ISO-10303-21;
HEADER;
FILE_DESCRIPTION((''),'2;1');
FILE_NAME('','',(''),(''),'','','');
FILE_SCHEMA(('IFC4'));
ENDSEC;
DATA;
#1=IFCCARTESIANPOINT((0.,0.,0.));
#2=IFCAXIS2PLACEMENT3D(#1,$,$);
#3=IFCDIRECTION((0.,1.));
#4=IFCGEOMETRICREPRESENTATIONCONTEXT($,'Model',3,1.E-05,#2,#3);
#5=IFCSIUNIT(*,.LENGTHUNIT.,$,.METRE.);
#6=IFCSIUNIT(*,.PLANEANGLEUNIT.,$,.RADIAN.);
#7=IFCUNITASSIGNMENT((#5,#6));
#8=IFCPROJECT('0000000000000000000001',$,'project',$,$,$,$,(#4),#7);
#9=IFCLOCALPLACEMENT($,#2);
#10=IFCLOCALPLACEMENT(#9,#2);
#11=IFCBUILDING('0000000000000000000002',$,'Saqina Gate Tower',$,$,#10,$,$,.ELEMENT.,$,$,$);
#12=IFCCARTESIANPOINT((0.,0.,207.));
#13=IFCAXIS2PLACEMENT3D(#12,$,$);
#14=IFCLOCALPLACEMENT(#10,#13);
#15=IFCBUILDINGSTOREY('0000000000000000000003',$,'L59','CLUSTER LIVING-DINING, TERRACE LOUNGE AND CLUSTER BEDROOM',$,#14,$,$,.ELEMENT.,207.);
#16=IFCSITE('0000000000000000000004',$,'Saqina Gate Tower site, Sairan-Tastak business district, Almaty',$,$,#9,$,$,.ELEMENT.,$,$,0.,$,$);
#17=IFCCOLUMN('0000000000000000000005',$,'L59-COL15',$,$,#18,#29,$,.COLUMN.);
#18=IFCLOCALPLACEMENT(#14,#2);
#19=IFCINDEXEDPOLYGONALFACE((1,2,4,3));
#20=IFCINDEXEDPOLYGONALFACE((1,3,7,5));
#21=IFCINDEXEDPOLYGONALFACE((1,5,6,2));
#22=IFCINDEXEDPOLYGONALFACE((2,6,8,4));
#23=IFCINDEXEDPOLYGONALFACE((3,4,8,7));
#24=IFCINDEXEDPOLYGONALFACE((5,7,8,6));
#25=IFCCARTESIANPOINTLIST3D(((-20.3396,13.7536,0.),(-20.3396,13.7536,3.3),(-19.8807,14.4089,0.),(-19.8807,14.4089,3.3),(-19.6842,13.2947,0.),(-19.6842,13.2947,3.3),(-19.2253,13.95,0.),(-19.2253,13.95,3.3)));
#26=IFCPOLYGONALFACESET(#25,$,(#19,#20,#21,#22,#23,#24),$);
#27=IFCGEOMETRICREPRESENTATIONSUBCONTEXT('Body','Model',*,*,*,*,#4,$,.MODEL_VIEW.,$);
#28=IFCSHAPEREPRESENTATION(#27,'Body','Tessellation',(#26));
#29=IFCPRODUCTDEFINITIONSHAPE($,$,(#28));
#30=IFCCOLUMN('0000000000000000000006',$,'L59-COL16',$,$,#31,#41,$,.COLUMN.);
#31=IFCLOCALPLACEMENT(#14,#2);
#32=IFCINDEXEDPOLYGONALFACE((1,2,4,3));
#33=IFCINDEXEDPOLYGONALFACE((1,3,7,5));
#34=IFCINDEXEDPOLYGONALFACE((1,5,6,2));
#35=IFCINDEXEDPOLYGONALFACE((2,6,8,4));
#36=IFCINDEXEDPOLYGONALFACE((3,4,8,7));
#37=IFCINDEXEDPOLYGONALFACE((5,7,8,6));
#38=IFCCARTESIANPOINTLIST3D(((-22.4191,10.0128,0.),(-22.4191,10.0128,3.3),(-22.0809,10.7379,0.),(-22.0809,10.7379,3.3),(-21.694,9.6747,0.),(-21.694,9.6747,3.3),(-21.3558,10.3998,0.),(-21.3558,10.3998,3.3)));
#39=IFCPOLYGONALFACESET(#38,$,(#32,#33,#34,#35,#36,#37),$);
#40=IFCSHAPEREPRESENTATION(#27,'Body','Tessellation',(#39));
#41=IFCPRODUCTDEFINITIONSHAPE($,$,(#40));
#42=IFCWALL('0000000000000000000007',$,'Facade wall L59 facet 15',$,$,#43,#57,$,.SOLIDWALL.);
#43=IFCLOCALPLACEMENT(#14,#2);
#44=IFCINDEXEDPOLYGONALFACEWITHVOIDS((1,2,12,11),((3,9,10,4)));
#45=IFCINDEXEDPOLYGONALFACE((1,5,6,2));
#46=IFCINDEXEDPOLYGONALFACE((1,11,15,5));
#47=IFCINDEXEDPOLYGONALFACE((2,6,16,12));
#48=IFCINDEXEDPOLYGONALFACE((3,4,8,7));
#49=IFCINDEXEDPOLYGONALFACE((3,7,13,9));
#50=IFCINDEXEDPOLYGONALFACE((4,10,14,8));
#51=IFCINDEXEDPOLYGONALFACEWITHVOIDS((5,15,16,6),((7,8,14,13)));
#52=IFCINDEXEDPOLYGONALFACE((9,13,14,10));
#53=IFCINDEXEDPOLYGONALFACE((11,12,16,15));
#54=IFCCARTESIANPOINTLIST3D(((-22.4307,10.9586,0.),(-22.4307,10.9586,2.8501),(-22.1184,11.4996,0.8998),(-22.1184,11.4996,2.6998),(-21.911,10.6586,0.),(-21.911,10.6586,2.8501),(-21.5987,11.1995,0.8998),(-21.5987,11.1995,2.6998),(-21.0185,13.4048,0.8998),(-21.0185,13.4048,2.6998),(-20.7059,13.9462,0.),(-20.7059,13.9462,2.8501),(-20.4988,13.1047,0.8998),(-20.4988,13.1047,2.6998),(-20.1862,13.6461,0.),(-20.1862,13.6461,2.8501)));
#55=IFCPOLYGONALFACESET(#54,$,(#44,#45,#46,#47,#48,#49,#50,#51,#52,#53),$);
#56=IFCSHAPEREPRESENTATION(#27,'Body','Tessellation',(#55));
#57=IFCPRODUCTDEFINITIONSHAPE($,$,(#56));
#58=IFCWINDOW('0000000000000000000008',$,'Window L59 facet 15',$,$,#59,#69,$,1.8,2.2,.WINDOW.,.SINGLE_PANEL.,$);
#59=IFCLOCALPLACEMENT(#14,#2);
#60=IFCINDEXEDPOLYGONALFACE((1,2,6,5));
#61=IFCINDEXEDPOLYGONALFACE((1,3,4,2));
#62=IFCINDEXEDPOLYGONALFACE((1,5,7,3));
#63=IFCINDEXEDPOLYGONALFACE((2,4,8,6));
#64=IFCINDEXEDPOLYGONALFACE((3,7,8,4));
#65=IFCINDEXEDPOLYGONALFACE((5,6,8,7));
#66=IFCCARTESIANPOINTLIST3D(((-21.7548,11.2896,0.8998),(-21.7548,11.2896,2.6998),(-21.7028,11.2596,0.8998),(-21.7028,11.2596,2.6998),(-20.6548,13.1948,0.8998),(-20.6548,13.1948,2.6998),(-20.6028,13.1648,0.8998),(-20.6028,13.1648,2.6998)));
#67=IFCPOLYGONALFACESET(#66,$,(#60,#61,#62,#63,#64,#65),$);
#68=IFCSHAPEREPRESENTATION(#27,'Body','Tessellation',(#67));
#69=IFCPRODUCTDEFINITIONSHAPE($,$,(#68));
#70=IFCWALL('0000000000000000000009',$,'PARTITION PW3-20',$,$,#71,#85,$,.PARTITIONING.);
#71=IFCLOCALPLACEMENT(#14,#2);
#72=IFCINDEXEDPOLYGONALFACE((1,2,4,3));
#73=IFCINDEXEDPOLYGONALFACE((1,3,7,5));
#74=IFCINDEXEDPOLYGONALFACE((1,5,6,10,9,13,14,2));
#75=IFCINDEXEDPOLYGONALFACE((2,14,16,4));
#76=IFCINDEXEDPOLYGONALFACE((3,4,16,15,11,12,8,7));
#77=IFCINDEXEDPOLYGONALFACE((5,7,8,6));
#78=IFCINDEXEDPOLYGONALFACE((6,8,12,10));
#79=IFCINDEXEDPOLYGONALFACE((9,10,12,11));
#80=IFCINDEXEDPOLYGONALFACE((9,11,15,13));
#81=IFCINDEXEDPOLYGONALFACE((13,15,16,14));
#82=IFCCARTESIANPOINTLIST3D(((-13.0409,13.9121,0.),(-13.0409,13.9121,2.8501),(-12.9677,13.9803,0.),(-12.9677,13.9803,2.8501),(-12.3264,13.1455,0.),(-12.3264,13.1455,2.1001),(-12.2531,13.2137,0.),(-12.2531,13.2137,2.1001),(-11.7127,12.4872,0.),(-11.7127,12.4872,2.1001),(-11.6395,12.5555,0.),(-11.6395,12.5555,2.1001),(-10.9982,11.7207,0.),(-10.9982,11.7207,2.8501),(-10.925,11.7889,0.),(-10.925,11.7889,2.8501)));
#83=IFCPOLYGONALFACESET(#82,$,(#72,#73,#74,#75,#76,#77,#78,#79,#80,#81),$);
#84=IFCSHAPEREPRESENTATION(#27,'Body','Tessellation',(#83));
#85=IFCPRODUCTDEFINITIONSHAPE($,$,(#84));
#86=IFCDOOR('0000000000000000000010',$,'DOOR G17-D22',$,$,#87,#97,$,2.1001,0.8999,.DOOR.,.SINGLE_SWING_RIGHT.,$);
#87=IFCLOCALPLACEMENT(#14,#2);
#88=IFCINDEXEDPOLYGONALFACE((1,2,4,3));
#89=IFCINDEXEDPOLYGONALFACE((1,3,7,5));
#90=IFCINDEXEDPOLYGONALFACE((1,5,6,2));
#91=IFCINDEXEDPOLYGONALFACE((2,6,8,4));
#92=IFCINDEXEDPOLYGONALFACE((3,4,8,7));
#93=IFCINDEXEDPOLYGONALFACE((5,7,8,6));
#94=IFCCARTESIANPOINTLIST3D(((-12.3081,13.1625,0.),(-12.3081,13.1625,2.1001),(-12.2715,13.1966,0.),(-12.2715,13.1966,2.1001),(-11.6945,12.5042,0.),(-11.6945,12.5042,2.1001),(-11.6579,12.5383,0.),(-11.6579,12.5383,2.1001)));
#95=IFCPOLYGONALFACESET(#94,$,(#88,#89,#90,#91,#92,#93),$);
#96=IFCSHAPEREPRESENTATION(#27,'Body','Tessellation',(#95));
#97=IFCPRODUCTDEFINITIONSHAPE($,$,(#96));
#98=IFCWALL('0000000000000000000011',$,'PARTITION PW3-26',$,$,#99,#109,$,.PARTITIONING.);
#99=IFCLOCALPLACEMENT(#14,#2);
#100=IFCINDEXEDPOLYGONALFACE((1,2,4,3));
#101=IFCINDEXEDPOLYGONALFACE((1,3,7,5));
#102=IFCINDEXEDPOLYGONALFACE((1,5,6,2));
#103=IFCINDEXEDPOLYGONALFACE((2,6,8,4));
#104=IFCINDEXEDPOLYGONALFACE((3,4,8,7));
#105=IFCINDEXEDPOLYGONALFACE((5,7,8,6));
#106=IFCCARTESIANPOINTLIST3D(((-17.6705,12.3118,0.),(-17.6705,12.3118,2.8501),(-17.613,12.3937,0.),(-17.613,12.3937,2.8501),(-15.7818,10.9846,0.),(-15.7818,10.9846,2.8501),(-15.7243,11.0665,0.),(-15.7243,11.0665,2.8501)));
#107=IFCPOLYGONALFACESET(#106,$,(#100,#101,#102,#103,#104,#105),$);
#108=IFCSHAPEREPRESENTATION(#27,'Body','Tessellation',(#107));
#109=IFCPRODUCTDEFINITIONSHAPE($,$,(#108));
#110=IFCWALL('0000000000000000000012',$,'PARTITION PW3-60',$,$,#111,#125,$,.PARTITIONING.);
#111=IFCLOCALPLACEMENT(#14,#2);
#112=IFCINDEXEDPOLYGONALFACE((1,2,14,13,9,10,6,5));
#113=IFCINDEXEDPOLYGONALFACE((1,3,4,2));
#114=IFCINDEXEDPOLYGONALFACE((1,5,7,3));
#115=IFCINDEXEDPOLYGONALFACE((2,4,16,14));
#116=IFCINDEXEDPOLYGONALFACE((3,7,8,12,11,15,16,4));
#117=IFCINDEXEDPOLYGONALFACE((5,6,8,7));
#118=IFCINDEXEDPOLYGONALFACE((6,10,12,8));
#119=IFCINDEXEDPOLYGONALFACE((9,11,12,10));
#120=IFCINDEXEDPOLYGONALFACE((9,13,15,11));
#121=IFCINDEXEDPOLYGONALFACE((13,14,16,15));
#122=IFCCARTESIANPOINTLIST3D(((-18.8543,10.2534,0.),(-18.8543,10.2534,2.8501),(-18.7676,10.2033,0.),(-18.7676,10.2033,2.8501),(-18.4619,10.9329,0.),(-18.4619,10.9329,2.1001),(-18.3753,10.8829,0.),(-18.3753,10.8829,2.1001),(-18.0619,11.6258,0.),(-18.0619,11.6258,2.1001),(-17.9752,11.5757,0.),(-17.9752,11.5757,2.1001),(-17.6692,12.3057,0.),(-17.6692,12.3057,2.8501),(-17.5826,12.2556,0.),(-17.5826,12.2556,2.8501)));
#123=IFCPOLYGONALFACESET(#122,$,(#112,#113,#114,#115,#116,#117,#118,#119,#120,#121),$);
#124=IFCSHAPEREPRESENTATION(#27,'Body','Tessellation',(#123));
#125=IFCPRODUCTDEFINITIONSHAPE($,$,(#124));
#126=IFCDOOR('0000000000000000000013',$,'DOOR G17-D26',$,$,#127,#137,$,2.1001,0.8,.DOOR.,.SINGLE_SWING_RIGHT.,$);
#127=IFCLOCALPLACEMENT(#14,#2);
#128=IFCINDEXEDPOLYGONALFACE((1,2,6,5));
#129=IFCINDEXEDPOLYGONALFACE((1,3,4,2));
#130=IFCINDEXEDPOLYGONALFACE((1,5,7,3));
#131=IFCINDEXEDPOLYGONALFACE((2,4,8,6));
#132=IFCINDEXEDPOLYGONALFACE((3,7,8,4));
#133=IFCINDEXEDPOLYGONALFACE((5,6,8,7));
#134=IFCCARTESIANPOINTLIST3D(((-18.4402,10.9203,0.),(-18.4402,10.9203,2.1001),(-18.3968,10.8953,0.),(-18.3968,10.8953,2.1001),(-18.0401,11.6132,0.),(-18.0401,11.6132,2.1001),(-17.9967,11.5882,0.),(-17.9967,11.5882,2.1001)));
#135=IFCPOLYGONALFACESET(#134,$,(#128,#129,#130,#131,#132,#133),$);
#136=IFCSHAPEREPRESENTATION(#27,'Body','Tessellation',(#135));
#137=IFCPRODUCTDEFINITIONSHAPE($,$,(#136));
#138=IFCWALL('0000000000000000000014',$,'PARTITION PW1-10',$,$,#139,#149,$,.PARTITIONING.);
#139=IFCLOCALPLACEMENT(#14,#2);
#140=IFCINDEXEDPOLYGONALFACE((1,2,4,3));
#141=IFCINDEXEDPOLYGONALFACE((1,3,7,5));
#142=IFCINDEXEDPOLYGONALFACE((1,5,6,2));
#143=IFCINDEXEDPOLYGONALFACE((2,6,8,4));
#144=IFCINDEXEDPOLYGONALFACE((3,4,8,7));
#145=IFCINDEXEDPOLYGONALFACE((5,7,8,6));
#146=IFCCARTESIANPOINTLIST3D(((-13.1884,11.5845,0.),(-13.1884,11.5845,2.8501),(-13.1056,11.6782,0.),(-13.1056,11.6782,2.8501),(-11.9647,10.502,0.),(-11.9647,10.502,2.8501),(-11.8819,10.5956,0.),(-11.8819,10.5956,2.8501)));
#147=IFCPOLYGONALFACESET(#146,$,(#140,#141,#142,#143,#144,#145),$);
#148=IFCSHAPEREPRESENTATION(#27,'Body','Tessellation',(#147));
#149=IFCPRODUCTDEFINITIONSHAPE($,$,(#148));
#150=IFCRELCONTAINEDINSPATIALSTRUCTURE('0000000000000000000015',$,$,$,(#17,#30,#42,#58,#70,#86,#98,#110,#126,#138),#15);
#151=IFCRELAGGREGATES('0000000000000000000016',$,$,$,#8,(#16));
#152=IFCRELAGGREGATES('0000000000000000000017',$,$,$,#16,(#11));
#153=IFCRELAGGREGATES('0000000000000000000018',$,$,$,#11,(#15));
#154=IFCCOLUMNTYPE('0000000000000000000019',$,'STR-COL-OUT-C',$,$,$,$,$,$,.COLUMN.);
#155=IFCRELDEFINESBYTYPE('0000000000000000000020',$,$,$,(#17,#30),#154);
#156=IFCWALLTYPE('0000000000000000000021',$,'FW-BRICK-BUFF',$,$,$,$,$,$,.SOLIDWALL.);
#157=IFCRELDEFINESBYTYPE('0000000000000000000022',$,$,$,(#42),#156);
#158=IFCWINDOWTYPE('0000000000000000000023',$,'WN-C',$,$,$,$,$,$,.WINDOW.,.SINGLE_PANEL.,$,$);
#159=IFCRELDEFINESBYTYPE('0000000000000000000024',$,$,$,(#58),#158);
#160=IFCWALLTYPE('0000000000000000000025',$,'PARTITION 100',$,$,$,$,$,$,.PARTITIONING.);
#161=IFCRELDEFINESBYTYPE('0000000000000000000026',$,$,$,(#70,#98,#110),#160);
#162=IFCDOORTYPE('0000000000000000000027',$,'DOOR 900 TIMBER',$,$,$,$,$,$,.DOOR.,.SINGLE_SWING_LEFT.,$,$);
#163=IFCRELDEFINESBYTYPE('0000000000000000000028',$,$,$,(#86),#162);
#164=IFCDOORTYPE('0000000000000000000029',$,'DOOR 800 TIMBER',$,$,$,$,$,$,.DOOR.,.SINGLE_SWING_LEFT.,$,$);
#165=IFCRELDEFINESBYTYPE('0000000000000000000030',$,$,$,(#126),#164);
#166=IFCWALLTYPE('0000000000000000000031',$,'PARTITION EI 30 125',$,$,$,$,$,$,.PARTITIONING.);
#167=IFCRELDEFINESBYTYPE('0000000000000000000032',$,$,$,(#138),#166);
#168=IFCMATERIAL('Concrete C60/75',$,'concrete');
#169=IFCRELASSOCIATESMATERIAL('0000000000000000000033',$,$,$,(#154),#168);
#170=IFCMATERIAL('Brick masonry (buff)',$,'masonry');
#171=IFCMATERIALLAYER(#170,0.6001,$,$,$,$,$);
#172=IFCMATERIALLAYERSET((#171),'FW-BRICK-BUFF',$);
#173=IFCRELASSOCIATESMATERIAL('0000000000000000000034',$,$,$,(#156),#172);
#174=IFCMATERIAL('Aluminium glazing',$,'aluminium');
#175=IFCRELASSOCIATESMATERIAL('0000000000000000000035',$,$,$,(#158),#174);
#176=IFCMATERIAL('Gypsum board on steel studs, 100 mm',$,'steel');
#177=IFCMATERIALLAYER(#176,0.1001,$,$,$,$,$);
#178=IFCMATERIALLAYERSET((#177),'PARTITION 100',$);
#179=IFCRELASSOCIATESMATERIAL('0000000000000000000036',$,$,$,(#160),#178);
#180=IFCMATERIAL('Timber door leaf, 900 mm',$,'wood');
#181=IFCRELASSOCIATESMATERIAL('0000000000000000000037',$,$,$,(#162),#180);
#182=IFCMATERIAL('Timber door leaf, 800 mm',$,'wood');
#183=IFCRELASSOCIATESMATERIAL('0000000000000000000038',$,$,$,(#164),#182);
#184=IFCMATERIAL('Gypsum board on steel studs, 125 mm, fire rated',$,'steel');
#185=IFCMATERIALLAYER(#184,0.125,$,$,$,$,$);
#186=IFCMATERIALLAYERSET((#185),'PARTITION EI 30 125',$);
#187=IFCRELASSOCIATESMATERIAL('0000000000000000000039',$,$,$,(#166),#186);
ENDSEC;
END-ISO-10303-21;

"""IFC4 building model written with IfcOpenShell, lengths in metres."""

from ifc_helpers import new_model, si_unit, direction, frame, frame_2d, origin, origin_2d, place, context, subcontext, project, spatial, rectangle, extrude, material, layer, layer_set, material_profile, profile_set, type_object, element, fill, save


model = new_model("IFC4")

# Units and contexts
model_context = context("Model", 3, precision=1e-05, world=origin(), true_north=direction((0.0, 1.0)))
body_context = subcontext(model_context, "Body", "Model", "MODEL_VIEW")
ifc_project = project(units=[si_unit("LENGTHUNIT", "METRE"), si_unit("PLANEANGLEUNIT", "RADIAN")], contexts=[model_context])

# Site, building, storey
site_placement = place(None, origin())
site = spatial("IfcSite", under=ifc_project, at=site_placement, Name="Saqina Gate Tower site, Sairan-Tastak business district, Almaty", CompositionType="ELEMENT", RefElevation=0.0)
building_placement = place(site_placement, origin())
building = spatial("IfcBuilding", under=site, at=building_placement, Name="Saqina Gate Tower", CompositionType="ELEMENT")
storey_placement = place(building_placement, frame((0.0, 0.0, 207.0)))
storey = spatial("IfcBuildingStorey", under=building, at=storey_placement, Name="L59", Description="CLUSTER LIVING-DINING, TERRACE LOUNGE AND CLUSTER BEDROOM", CompositionType="ELEMENT", Elevation=207.0)

# Columns
ifc_material_1 = material(Name="Concrete C60/75", Category="concrete")
ifc_material_profile = material_profile(ifc_material_1, rectangle(XDim=0.8, YDim=0.8, at=origin_2d()), Name="RC 800x800")
ifc_profile_set = profile_set([ifc_material_profile], Name="Concrete C60/75")
column_type = type_object("IfcColumnType", Name="STR-COL-OUT-C", PredefinedType="COLUMN", material=ifc_profile_set)
for number, where, z_axis, x_axis, name in (
    (1, (-19.7825, 13.8518, 0.0), (0.0, 0.0, 1.0), (-0.819152, 0.573576, 0.0), "L59-COL15"),
    (2, (-21.8875, 10.2063, 0.0), (0.0, 0.0, 1.0), (-0.906308, 0.422618, 0.0), "L59-COL16"),
):
    element("IfcColumn", number, at=place(storey_placement, frame(where, z_axis=z_axis, x_axis=x_axis)), inside=storey, type_object=column_type, Name=name, PredefinedType="COLUMN", context=body_context, shape_type="SweptSolid", body=[
        extrude(rectangle(XDim=0.8, YDim=0.8, at=origin_2d()), origin(), (0.0, 0.0, 1.0), 3.3),
    ])

# Wall, opening, window
ifc_material_2 = material(Name="Brick masonry (buff)", Category="masonry")
ifc_layer_1 = layer(ifc_material_2, 0.6001)
ifc_layer_set_1 = layer_set([ifc_layer_1], Name="FW-BRICK-BUFF")
wall_type_1 = type_object("IfcWallType", Name="FW-BRICK-BUFF", PredefinedType="SOLIDWALL", material=ifc_layer_set_1)
wall_1_placement = place(storey_placement, frame((-20.446, 13.7961, 0.0), z_axis=(0.0, 0.0, 1.0), x_axis=(-0.499998, -0.866026, 0.0)))
wall_1 = element("IfcWall", 3, at=wall_1_placement, inside=storey, type_object=wall_type_1, Name="Facade wall L59 facet 15", PredefinedType="SOLIDWALL", context=body_context, shape_type="SweptSolid", body=[
    extrude(rectangle(XDim=3.4497, YDim=0.6001, at=frame_2d((1.7249, 0.0))), origin(), (0.0, 0.0, 1.0), 2.8501),
])
opening_1_placement = place(wall_1_placement, frame((0.625, 0.0, 0.8999)))
opening_1 = element("IfcOpeningElement", 4, at=opening_1_placement, cuts=wall_1, PredefinedType="OPENING", context=body_context, shape_type="SweptSolid", body=[
    extrude(rectangle(XDim=2.2, YDim=1.8, at=frame_2d((1.1001, 0.8999))), frame((0.0, 0.312, 0.0), z_axis=(0.0, -1.0, 0.0), x_axis=(1.0, 0.0, 0.0)), (0.0, 0.0, 1.0), 0.624),
])
ifc_material_3 = material(Name="Aluminium glazing", Category="aluminium")
window_type = type_object("IfcWindowType", Name="WN-C", PartitioningType="SINGLE_PANEL", PredefinedType="WINDOW", material=ifc_material_3)
window_placement = place(opening_1_placement, origin())
window = element("IfcWindow", 5, at=window_placement, inside=storey, type_object=window_type, Name="Window L59 facet 15", OverallHeight=1.8, OverallWidth=2.2, PartitioningType="SINGLE_PANEL", PredefinedType="WINDOW", context=body_context, shape_type="SweptSolid", body=[
    extrude(rectangle(XDim=2.2, YDim=1.8, at=frame_2d((1.1001, 0.8999))), frame((0.0, 0.1799, 0.0), z_axis=(0.0, -1.0, 0.0), x_axis=(1.0, 0.0, 0.0)), (0.0, 0.0, 1.0), 0.0601),
])
fill(opening_1, window)

# Wall, opening, door
ifc_material_4 = material(Name="Gypsum board on steel studs, 100 mm", Category="steel")
ifc_layer_2 = layer(ifc_material_4, 0.1001)
ifc_layer_set_2 = layer_set([ifc_layer_2], Name="PARTITION 100")
wall_type_2 = type_object("IfcWallType", Name="PARTITION 100", PredefinedType="PARTITIONING", material=ifc_layer_set_2)
wall_2_placement = place(storey_placement, frame((-13.0044, 13.9463, 0.0), z_axis=(0.0, 0.0, 1.0), x_axis=(0.681856, -0.731486, 0.0)))
wall_2 = element("IfcWall", 6, at=wall_2_placement, inside=storey, type_object=wall_type_2, Name="PARTITION PW3-20", PredefinedType="PARTITIONING", context=body_context, shape_type="SweptSolid", body=[
    extrude(rectangle(XDim=2.9958, YDim=0.1001, at=frame_2d((1.498, 0.0))), origin(), (0.0, 0.0, 1.0), 2.8501),
])
opening_2_placement = place(wall_2_placement, frame((1.0481, 0.0, 0.0)))
opening_2 = element("IfcOpeningElement", 7, at=opening_2_placement, cuts=wall_2, PredefinedType="OPENING", context=body_context, shape_type="SweptSolid", body=[
    extrude(rectangle(XDim=0.8999, YDim=2.1001, at=frame_2d((0.45, 1.05))), frame((0.0, 0.062, 0.0), z_axis=(0.0, -1.0, 0.0), x_axis=(1.0, 0.0, 0.0)), (0.0, 0.0, 1.0), 0.124),
])
ifc_material_5 = material(Name="Timber door leaf, 900 mm", Category="wood")
door_type_1 = type_object("IfcDoorType", Name="DOOR 900 TIMBER", OperationType="SINGLE_SWING_LEFT", PredefinedType="DOOR", material=ifc_material_5)
door_1_placement = place(opening_2_placement, origin())
door_1 = element("IfcDoor", 8, at=door_1_placement, inside=storey, type_object=door_type_1, Name="DOOR G17-D22", OperationType="SINGLE_SWING_RIGHT", OverallHeight=2.1001, OverallWidth=0.8999, PredefinedType="DOOR", context=body_context, shape_type="SweptSolid", body=[
    extrude(rectangle(XDim=0.8999, YDim=2.1001, at=frame_2d((0.45, 1.05))), frame((0.0, 0.0249, 0.0), z_axis=(0.0, -1.0, 0.0), x_axis=(1.0, 0.0, 0.0)), (0.0, 0.0, 1.0), 0.05),
])
fill(opening_2, door_1)

# Wall
wall_3_placement = place(storey_placement, frame((-17.6418, 12.3528, 0.0), z_axis=(0.0, 0.0, 1.0), x_axis=(0.818197, -0.574938, 0.0)))
element("IfcWall", 9, at=wall_3_placement, inside=storey, type_object=wall_type_2, Name="PARTITION PW3-26", PredefinedType="PARTITIONING", context=body_context, shape_type="SweptSolid", body=[
    extrude(rectangle(XDim=2.3083, YDim=0.1001, at=frame_2d((1.1543, 0.0))), origin(), (0.0, 0.0, 1.0), 2.8501),
])

# Wall, opening, door
wall_4_placement = place(storey_placement, frame((-18.811, 10.2283, 0.0), z_axis=(0.0, 0.0, 1.0), x_axis=(0.500061, 0.86599, 0.0)))
wall_4 = element("IfcWall", 10, at=wall_4_placement, inside=storey, type_object=wall_type_2, Name="PARTITION PW3-60", PredefinedType="PARTITIONING", context=body_context, shape_type="SweptSolid", body=[
    extrude(rectangle(XDim=2.3699, YDim=0.1001, at=frame_2d((1.1851, 0.0))), origin(), (0.0, 0.0, 1.0), 2.8501),
])
opening_3_placement = place(wall_4_placement, frame((0.7849, 0.0, 0.0)))
opening_3 = element("IfcOpeningElement", 11, at=opening_3_placement, cuts=wall_4, PredefinedType="OPENING", context=body_context, shape_type="SweptSolid", body=[
    extrude(rectangle(XDim=0.8, YDim=2.1001, at=frame_2d((0.3999, 1.05))), frame((0.0, 0.062, 0.0), z_axis=(0.0, -1.0, 0.0), x_axis=(1.0, 0.0, 0.0)), (0.0, 0.0, 1.0), 0.124),
])
ifc_material_6 = material(Name="Timber door leaf, 800 mm", Category="wood")
door_type_2 = type_object("IfcDoorType", Name="DOOR 800 TIMBER", OperationType="SINGLE_SWING_LEFT", PredefinedType="DOOR", material=ifc_material_6)
door_2_placement = place(opening_3_placement, origin())
door_2 = element("IfcDoor", 12, at=door_2_placement, inside=storey, type_object=door_type_2, Name="DOOR G17-D26", OperationType="SINGLE_SWING_RIGHT", OverallHeight=2.1001, OverallWidth=0.8, PredefinedType="DOOR", context=body_context, shape_type="SweptSolid", body=[
    extrude(rectangle(XDim=0.8, YDim=2.1001, at=frame_2d((0.3999, 1.05))), frame((0.0, 0.0249, 0.0), z_axis=(0.0, -1.0, 0.0), x_axis=(1.0, 0.0, 0.0)), (0.0, 0.0, 1.0), 0.05),
])
fill(opening_3, door_2)

# Wall
ifc_material_7 = material(Name="Gypsum board on steel studs, 125 mm, fire rated", Category="steel")
ifc_layer_3 = layer(ifc_material_7, 0.125)
ifc_layer_set_3 = layer_set([ifc_layer_3], Name="PARTITION EI 30 125")
wall_type_3 = type_object("IfcWallType", Name="PARTITION EI 30 125", PredefinedType="PARTITIONING", material=ifc_layer_set_3)
wall_5_placement = place(storey_placement, frame((-13.147, 11.6313, 0.0), z_axis=(0.0, 0.0, 1.0), x_axis=(0.748974, -0.6626, 0.0)))
element("IfcWall", 13, at=wall_5_placement, inside=storey, type_object=wall_type_3, Name="PARTITION PW1-10", PredefinedType="PARTITIONING", context=body_context, shape_type="SweptSolid", body=[
    extrude(rectangle(XDim=1.6338, YDim=0.125, at=frame_2d((0.8169, 0.0))), origin(), (0.0, 0.0, 1.0), 2.8501),
])

save(model, "model.ifc")
